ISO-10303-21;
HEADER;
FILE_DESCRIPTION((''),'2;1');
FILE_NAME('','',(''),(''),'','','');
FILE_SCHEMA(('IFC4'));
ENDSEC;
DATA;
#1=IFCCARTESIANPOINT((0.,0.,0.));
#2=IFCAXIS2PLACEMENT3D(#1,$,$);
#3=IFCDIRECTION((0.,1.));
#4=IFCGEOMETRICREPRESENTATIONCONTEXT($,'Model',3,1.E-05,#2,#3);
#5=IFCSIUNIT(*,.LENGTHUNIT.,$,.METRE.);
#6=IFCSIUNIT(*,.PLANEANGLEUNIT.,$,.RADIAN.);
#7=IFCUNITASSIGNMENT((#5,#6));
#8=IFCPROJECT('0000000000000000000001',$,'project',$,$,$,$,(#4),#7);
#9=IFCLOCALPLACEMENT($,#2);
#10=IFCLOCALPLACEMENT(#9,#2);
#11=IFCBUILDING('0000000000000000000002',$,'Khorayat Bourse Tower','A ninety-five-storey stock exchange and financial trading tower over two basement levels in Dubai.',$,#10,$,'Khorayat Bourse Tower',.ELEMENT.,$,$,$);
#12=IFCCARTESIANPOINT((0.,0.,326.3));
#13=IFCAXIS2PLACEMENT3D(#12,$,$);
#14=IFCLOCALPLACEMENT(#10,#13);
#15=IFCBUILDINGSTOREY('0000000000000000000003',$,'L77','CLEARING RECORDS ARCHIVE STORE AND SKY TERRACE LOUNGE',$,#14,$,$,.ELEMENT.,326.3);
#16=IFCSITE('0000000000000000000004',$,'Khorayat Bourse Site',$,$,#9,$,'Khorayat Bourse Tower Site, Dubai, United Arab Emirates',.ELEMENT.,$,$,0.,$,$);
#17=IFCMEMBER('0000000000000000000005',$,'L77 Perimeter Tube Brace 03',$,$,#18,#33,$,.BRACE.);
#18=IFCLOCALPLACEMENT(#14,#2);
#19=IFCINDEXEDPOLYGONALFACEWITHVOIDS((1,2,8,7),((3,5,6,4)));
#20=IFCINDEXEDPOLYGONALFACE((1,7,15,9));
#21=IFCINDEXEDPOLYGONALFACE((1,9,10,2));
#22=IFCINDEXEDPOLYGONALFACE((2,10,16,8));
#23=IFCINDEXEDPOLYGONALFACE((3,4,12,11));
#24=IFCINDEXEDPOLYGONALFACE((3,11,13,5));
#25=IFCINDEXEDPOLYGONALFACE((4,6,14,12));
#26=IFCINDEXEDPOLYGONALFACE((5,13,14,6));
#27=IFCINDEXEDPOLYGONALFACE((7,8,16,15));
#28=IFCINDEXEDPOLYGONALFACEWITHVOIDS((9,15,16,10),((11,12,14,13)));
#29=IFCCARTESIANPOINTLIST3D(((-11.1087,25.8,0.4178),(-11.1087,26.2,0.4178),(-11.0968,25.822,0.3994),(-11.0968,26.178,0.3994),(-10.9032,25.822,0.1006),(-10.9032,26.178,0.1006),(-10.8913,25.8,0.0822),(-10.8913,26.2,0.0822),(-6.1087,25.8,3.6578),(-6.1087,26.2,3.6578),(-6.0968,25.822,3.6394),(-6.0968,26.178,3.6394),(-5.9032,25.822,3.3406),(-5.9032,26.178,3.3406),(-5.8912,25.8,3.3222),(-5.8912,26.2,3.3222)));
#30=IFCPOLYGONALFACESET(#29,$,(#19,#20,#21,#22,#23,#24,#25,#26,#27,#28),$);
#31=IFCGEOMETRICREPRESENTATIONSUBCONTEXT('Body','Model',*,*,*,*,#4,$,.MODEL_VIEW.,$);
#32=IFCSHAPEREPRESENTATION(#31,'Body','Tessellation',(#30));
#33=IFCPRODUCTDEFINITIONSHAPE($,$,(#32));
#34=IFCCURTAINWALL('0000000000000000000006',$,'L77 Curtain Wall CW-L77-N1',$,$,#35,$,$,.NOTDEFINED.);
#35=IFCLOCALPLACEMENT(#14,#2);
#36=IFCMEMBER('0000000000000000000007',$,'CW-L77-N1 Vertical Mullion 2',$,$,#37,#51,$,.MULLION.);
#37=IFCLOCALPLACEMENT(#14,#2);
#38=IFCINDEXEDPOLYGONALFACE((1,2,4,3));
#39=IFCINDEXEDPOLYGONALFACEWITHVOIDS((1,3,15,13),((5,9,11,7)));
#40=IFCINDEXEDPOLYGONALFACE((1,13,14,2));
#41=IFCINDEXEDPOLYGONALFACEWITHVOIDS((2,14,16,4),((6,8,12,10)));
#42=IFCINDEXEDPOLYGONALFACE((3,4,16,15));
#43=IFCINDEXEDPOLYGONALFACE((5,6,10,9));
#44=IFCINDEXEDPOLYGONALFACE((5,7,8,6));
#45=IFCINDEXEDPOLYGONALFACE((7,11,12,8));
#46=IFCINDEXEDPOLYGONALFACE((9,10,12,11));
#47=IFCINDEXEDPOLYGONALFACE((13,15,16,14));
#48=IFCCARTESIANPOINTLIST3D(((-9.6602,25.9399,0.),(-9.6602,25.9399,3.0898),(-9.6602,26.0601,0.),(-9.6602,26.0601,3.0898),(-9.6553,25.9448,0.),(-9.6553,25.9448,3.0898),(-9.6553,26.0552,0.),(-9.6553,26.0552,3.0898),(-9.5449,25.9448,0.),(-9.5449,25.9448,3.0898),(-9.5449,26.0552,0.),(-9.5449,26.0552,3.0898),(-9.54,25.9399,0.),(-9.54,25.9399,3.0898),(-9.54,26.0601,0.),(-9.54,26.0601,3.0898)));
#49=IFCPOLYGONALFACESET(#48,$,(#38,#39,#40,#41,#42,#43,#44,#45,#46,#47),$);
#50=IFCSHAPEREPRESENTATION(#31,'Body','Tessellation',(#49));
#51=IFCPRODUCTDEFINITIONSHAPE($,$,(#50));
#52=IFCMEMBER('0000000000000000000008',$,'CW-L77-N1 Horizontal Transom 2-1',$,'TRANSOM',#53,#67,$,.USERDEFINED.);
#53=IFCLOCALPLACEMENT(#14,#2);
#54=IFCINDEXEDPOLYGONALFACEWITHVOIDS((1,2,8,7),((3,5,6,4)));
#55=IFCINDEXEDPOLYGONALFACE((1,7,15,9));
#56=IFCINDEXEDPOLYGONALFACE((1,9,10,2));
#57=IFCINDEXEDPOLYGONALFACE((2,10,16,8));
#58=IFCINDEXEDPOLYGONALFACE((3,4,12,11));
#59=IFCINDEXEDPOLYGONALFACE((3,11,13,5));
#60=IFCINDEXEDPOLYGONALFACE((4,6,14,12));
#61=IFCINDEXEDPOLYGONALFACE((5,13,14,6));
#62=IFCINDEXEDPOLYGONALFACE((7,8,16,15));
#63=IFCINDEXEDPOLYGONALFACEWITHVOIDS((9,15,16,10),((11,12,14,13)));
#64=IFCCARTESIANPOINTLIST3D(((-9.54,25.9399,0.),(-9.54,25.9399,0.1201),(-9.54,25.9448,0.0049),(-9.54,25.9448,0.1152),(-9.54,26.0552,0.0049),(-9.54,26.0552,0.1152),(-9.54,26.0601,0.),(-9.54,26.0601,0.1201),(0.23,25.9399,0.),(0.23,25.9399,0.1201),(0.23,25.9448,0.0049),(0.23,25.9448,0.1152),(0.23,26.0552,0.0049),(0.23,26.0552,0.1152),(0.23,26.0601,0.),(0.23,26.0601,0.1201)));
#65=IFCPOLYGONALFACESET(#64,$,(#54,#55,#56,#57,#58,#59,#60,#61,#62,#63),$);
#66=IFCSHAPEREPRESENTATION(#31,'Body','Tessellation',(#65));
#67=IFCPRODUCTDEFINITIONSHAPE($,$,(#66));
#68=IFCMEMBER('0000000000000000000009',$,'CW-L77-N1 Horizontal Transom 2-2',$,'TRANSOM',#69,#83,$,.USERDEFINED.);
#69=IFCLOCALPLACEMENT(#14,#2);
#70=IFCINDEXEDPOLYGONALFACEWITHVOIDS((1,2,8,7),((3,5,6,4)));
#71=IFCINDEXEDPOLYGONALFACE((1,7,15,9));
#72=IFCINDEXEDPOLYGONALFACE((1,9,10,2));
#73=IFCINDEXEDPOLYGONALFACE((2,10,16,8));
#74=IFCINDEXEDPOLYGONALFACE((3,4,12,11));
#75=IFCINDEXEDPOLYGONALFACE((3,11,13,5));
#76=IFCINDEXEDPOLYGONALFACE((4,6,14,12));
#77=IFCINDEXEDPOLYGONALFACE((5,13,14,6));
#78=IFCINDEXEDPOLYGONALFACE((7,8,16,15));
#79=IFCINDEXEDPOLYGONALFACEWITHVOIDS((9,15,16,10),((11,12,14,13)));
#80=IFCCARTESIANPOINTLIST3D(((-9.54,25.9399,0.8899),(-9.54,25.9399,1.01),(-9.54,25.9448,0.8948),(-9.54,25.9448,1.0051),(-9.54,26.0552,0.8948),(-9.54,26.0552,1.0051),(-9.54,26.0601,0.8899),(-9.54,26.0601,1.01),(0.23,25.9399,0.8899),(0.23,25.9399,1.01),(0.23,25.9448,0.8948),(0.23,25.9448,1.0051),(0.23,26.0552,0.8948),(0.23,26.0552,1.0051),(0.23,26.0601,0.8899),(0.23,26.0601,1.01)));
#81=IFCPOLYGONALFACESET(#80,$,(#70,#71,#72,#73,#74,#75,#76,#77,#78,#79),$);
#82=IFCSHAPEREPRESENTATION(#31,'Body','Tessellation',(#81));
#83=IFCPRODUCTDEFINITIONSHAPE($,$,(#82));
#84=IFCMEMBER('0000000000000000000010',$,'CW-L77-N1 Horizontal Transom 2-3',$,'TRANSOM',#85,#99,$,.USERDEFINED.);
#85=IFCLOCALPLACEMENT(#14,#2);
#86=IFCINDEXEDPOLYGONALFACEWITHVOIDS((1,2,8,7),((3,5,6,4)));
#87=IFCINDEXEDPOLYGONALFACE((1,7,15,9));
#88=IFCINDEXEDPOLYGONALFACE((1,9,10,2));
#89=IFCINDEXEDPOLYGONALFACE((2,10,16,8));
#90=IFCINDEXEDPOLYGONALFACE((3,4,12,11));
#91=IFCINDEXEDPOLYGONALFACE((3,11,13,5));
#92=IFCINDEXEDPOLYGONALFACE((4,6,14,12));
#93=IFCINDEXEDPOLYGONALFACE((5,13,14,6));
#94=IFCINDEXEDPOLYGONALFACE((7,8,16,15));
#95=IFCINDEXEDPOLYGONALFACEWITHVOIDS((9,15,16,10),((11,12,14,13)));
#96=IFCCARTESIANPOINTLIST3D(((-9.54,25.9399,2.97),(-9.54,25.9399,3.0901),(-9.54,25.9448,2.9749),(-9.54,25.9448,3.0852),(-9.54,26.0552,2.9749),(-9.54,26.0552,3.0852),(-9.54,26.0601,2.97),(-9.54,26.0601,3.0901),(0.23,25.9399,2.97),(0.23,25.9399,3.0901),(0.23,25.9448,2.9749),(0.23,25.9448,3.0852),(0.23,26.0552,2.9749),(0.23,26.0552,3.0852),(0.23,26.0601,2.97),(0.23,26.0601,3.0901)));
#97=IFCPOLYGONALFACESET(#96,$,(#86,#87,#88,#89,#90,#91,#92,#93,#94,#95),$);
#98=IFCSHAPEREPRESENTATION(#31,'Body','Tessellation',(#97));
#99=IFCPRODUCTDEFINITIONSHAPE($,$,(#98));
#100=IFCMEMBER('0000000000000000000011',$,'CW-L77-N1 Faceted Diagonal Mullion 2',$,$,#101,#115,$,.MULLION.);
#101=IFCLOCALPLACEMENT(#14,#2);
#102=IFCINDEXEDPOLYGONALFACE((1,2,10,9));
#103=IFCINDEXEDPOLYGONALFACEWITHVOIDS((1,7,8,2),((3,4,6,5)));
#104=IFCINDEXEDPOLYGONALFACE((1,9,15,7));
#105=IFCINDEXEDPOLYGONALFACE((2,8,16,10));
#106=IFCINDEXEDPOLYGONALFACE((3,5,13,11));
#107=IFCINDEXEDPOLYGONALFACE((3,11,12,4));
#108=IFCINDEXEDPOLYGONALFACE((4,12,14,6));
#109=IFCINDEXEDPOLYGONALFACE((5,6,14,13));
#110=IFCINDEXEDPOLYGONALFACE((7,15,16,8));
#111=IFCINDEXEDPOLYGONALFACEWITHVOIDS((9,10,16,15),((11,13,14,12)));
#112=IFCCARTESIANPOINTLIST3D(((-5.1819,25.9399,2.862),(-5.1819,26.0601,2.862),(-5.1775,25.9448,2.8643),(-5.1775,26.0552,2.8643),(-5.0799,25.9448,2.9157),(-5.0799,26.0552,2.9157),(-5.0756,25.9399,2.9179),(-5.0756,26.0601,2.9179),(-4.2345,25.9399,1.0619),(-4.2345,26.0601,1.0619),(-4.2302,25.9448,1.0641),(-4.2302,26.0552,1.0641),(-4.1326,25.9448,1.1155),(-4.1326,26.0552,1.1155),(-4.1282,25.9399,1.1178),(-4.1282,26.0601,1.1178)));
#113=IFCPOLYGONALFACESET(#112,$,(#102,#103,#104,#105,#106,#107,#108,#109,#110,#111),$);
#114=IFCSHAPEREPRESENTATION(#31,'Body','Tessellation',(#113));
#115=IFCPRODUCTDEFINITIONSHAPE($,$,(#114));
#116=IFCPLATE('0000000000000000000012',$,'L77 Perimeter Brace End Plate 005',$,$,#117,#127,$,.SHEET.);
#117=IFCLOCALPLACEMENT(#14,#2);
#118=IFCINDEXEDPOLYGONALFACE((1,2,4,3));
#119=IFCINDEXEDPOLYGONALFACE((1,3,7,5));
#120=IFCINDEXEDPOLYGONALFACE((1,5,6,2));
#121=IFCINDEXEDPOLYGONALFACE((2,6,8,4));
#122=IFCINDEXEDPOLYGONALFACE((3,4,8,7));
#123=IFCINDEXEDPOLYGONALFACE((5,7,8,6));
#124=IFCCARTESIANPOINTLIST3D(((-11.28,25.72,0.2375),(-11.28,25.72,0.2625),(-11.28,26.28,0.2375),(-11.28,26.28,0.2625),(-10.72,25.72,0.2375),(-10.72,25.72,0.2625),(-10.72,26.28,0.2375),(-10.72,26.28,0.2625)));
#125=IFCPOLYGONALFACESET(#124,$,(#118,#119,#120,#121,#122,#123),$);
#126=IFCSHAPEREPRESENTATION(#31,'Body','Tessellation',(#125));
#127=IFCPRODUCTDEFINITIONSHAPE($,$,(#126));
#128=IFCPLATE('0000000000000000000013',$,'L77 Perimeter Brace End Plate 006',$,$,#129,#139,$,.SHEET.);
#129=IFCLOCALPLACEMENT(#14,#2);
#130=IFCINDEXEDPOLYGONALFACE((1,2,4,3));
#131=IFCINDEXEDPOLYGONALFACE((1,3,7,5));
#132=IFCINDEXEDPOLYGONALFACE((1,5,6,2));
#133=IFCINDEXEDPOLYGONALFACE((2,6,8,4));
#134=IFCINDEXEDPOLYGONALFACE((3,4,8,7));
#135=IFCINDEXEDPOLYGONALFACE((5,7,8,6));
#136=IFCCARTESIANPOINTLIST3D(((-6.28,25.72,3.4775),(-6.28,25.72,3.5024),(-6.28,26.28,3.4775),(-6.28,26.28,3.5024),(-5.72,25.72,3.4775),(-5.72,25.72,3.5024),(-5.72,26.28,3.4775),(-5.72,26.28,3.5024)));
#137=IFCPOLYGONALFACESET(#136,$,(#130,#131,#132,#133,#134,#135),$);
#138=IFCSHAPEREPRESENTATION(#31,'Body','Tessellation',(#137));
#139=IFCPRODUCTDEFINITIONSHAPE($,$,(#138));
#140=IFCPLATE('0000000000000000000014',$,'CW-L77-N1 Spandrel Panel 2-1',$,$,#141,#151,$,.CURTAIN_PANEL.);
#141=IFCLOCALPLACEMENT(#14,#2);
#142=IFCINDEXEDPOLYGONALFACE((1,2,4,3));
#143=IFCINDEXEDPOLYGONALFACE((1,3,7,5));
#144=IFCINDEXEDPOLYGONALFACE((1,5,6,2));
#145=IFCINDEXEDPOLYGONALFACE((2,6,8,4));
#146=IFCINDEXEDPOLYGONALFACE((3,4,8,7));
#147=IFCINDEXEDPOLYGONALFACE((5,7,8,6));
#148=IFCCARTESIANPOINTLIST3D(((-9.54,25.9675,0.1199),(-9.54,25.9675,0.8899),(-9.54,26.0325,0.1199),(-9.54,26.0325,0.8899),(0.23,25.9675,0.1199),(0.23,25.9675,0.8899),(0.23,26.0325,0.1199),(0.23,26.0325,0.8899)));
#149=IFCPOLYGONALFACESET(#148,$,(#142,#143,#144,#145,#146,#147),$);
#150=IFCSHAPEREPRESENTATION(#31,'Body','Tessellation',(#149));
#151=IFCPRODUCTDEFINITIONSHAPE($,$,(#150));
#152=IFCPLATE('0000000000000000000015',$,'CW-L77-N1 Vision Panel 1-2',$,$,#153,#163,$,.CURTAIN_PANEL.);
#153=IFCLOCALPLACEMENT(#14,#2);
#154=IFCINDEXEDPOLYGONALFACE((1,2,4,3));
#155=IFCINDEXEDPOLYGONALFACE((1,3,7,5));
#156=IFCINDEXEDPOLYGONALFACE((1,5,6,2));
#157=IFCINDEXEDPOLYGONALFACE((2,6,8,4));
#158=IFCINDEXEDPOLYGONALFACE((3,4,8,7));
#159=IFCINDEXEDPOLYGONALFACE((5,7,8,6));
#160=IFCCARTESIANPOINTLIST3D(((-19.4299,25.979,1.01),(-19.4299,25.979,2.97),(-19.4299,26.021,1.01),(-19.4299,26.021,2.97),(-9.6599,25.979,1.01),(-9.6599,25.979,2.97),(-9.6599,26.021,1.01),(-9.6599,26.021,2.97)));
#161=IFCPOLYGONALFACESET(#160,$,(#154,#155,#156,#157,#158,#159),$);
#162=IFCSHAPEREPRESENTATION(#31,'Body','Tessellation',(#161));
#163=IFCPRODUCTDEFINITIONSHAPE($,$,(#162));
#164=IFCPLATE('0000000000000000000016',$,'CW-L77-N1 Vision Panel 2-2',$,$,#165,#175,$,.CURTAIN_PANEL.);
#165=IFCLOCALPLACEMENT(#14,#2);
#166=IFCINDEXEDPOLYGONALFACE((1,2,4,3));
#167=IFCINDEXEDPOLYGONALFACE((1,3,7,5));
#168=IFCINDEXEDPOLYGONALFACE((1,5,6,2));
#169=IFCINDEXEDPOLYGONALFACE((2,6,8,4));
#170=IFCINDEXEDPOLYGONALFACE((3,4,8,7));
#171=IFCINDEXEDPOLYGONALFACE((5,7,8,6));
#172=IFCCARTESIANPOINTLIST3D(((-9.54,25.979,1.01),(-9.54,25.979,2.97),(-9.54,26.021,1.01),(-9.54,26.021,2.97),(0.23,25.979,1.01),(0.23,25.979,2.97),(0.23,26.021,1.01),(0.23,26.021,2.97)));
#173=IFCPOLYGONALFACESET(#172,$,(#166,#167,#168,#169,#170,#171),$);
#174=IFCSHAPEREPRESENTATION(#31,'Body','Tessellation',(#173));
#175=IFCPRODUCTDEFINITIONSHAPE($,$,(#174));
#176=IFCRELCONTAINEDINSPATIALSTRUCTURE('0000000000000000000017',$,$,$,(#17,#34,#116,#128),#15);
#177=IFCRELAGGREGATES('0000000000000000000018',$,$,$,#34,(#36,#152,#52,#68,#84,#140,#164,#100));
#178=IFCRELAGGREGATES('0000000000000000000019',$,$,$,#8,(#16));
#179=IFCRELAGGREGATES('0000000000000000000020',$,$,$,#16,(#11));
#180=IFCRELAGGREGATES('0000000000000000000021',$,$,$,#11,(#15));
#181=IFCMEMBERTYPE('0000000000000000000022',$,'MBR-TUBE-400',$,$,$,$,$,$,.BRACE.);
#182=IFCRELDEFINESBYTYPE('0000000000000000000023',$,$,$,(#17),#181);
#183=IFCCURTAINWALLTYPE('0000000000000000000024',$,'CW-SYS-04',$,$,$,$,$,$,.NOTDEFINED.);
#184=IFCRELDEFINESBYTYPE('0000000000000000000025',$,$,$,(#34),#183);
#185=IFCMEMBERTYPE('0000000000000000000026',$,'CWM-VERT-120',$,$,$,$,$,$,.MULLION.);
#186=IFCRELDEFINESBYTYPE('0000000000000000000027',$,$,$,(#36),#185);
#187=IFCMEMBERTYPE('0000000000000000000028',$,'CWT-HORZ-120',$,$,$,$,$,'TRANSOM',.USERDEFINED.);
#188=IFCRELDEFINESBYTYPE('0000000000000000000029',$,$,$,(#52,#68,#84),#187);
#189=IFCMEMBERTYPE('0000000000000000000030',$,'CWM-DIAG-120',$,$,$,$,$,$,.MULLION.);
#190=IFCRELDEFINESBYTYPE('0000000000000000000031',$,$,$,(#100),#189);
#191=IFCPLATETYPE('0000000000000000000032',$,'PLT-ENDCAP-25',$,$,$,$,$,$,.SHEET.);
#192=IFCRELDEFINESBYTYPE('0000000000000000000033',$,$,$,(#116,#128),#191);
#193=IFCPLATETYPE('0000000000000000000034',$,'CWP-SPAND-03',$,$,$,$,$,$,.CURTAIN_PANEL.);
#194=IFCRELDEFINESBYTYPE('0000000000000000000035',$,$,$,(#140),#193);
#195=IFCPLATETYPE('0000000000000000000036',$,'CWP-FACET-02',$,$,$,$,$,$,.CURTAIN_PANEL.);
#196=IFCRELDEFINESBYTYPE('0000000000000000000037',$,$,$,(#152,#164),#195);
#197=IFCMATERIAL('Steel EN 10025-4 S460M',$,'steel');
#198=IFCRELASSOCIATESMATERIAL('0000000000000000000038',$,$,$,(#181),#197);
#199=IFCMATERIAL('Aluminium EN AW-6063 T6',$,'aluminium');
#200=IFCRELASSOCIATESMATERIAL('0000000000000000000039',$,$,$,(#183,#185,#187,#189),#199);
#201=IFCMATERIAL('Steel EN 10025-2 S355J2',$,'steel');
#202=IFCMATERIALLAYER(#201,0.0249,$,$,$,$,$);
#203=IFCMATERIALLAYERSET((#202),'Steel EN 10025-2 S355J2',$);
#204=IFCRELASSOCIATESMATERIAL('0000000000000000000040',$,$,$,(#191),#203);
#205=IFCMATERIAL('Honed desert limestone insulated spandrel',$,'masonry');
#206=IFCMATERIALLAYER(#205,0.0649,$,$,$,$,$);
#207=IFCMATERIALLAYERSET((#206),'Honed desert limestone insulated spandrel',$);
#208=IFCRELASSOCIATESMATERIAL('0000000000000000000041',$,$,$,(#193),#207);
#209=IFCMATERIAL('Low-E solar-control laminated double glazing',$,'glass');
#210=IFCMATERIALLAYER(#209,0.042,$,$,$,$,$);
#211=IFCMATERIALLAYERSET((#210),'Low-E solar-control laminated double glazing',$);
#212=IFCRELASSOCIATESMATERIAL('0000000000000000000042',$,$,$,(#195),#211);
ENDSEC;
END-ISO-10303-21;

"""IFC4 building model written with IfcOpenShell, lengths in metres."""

from ifc_helpers import new_model, si_unit, direction, frame, origin, origin_2d, place, context, subcontext, project, spatial, rectangle, hollow_rectangle, extrude, source, transform, mapped, material, layer, layer_set, material_profile, profile_set, type_object, element, aggregate, save


model = new_model("IFC4")

# Units and contexts
model_context = context("Model", 3, precision=1e-05, world=origin(), true_north=direction((0.0, 1.0)))
body_context = subcontext(model_context, "Body", "Model", "MODEL_VIEW")
ifc_project = project(units=[si_unit("LENGTHUNIT", "METRE"), si_unit("PLANEANGLEUNIT", "RADIAN")], contexts=[model_context])

# Site, building, storey
site_placement = place(None, origin())
site = spatial("IfcSite", under=ifc_project, at=site_placement, Name="Khorayat Bourse Site", LongName="Khorayat Bourse Tower Site, Dubai, United Arab Emirates", CompositionType="ELEMENT", RefElevation=0.0)
building_placement = place(site_placement, origin())
building = spatial("IfcBuilding", under=site, at=building_placement, Name="Khorayat Bourse Tower", Description="A ninety-five-storey stock exchange and financial trading tower over two basement levels in Dubai.", LongName="Khorayat Bourse Tower", CompositionType="ELEMENT")
storey_placement = place(building_placement, frame((0.0, 0.0, 326.3)))
storey = spatial("IfcBuildingStorey", under=building, at=storey_placement, Name="L77", Description="CLEARING RECORDS ARCHIVE STORE AND SKY TERRACE LOUNGE", CompositionType="ELEMENT", Elevation=326.3)

# Shared definitions
ifc_material_1 = material(Name="Steel EN 10025-2 S355J2", Category="steel")

# Member
ifc_material_2 = material(Name="Steel EN 10025-4 S460M", Category="steel")
ifc_material_profile_1 = material_profile(ifc_material_2, hollow_rectangle(XDim=0.3999, YDim=0.3999, WallThickness=0.022, at=origin_2d()), Name="HSS 400x400x22")
ifc_profile_set_1 = profile_set([ifc_material_profile_1], Name="Steel EN 10025-4 S460M")
member_type_1 = type_object("IfcMemberType", Name="MBR-TUBE-400", PredefinedType="BRACE", material=ifc_profile_set_1)
shared_shape_1 = source(origin(), body_context, "Body", "SweptSolid", [
    extrude(hollow_rectangle(XDim=0.3999, YDim=0.3999, WallThickness=0.022, at=origin_2d()), origin(), (0.0, 0.0, 1.0), 5.958),
])
member_1_placement = place(storey_placement, frame((-11.0, 26.0, 0.25), z_axis=(0.83921, 0.0, 0.543807), x_axis=(0.0, 1.0, 0.0)))
element("IfcMember", 1, at=member_1_placement, inside=storey, type_object=member_type_1, Name="L77 Perimeter Tube Brace 03", PredefinedType="BRACE", context=body_context, shape_type="MappedRepresentation", body=[
    mapped(shared_shape_1, transform((0.0, 0.0, 0.0), scale=1.0)),
])

# Curtain wall, members
ifc_material_3 = material(Name="Aluminium EN AW-6063 T6", Category="aluminium")
curtain_wall_type = type_object("IfcCurtainWallType", Name="CW-SYS-04", PredefinedType="NOTDEFINED", material=ifc_material_3)
curtain_wall_placement = place(storey_placement, origin())
curtain_wall = element("IfcCurtainWall", 2, at=curtain_wall_placement, inside=storey, type_object=curtain_wall_type, Name="L77 Curtain Wall CW-L77-N1", PredefinedType="NOTDEFINED")
ifc_material_profile_2 = material_profile(ifc_material_3, hollow_rectangle(XDim=0.1201, YDim=0.1201, WallThickness=0.0049, at=origin_2d()), Name="ALU 120x120x5")
ifc_profile_set_2 = profile_set([ifc_material_profile_2], Name="Aluminium EN AW-6063 T6")
member_type_2 = type_object("IfcMemberType", Name="CWM-VERT-120", PredefinedType="MULLION", material=ifc_profile_set_2)
shared_shape_2 = source(origin(), body_context, "Body", "SweptSolid", [
    extrude(hollow_rectangle(XDim=0.1201, YDim=0.1201, WallThickness=0.0049, at=origin_2d()), origin(), (0.0, 0.0, 1.0), 3.0898),
])
member_2_placement = place(storey_placement, frame((-9.6001, 26.0, 0.0), z_axis=(0.0, 0.0, 1.0), x_axis=(0.0, 1.0, 0.0)))
member_2 = element("IfcMember", 3, at=member_2_placement, type_object=member_type_2, Name="CW-L77-N1 Vertical Mullion 2", PredefinedType="MULLION", context=body_context, shape_type="MappedRepresentation", body=[
    mapped(shared_shape_2, transform((0.0, 0.0, 0.0), scale=1.0)),
])
ifc_material_profile_3 = material_profile(ifc_material_3, hollow_rectangle(XDim=0.1201, YDim=0.1201, WallThickness=0.0049, at=origin_2d()), Name="ALU 120x120x5")
ifc_profile_set_3 = profile_set([ifc_material_profile_3], Name="Aluminium EN AW-6063 T6")
member_type_3 = type_object("IfcMemberType", Name="CWT-HORZ-120", ElementType="TRANSOM", PredefinedType="USERDEFINED", material=ifc_profile_set_3)
shared_shape_3 = source(origin(), body_context, "Body", "SweptSolid", [
    extrude(hollow_rectangle(XDim=0.1201, YDim=0.1201, WallThickness=0.0049, at=origin_2d()), origin(), (0.0, 0.0, 1.0), 9.77),
])
member_3_placement = place(storey_placement, frame((-9.54, 26.0, 0.0601), z_axis=(1.0, 0.0, 0.0), x_axis=(0.0, 1.0, 0.0)))
member_3 = element("IfcMember", 4, at=member_3_placement, type_object=member_type_3, Name="CW-L77-N1 Horizontal Transom 2-1", ObjectType="TRANSOM", PredefinedType="USERDEFINED", context=body_context, shape_type="MappedRepresentation", body=[
    mapped(shared_shape_3, transform((0.0, 0.0, 0.0), scale=1.0)),
])
member_4_placement = place(storey_placement, frame((-9.54, 26.0, 0.95), z_axis=(1.0, 0.0, 0.0), x_axis=(0.0, 1.0, 0.0)))
member_4 = element("IfcMember", 5, at=member_4_placement, type_object=member_type_3, Name="CW-L77-N1 Horizontal Transom 2-2", ObjectType="TRANSOM", PredefinedType="USERDEFINED", context=body_context, shape_type="MappedRepresentation", body=[
    mapped(shared_shape_3, transform((0.0, 0.0, 0.0), scale=1.0)),
])
member_5_placement = place(storey_placement, frame((-9.54, 26.0, 3.03), z_axis=(1.0, 0.0, 0.0), x_axis=(0.0, 1.0, 0.0)))
member_5 = element("IfcMember", 6, at=member_5_placement, type_object=member_type_3, Name="CW-L77-N1 Horizontal Transom 2-3", ObjectType="TRANSOM", PredefinedType="USERDEFINED", context=body_context, shape_type="MappedRepresentation", body=[
    mapped(shared_shape_3, transform((0.0, 0.0, 0.0), scale=1.0)),
])
ifc_material_profile_4 = material_profile(ifc_material_3, hollow_rectangle(XDim=0.1201, YDim=0.1201, WallThickness=0.0049, at=origin_2d()), Name="ALU 120x120x5")
ifc_profile_set_4 = profile_set([ifc_material_profile_4], Name="Aluminium EN AW-6063 T6")
member_type_4 = type_object("IfcMemberType", Name="CWM-DIAG-120", PredefinedType="MULLION", material=ifc_profile_set_4)
shared_shape_4 = source(origin(), body_context, "Body", "SweptSolid", [
    extrude(hollow_rectangle(XDim=0.1201, YDim=0.1201, WallThickness=0.0049, at=origin_2d()), origin(), (0.0, 0.0, 1.0), 2.0342),
])
member_6_placement = place(storey_placement, frame((-4.1814, 26.0, 1.0898), z_axis=(-0.465697, 0.0, 0.884944), x_axis=(0.0, -1.0, 0.0)))
member_6 = element("IfcMember", 7, at=member_6_placement, type_object=member_type_4, Name="CW-L77-N1 Faceted Diagonal Mullion 2", PredefinedType="MULLION", context=body_context, shape_type="MappedRepresentation", body=[
    mapped(shared_shape_4, transform((0.0, 0.0, 0.0), scale=1.0)),
])

# Plates
ifc_layer_1 = layer(ifc_material_1, 0.0249)
ifc_layer_set_1 = layer_set([ifc_layer_1], Name="Steel EN 10025-2 S355J2")
plate_type_1 = type_object("IfcPlateType", Name="PLT-ENDCAP-25", PredefinedType="SHEET", material=ifc_layer_set_1)
shared_shape_5 = source(origin(), body_context, "Body", "SweptSolid", [
    extrude(rectangle(XDim=0.5601, YDim=0.5601, at=origin_2d()), origin(), (0.0, 0.0, 1.0), 0.0249),
])
for number, where, z_axis, x_axis, name in (
    (8, (-11.0, 26.0, 0.2375), (0.0, 0.0, 1.0), (1.0, 0.0, 0.0), "L77 Perimeter Brace End Plate 005"),
    (9, (-6.0, 26.0, 3.4775), (0.0, 0.0, 1.0), (1.0, 0.0, 0.0), "L77 Perimeter Brace End Plate 006"),
):
    element("IfcPlate", number, at=place(storey_placement, frame(where, z_axis=z_axis, x_axis=x_axis)), inside=storey, type_object=plate_type_1, Name=name, PredefinedType="SHEET", context=body_context, shape_type="MappedRepresentation", body=[
        mapped(shared_shape_5, transform((0.0, 0.0, 0.0), scale=1.0)),
    ])

# Plates
ifc_material_4 = material(Name="Honed desert limestone insulated spandrel", Category="masonry")
ifc_layer_2 = layer(ifc_material_4, 0.0649)
ifc_layer_set_2 = layer_set([ifc_layer_2], Name="Honed desert limestone insulated spandrel")
plate_type_2 = type_object("IfcPlateType", Name="CWP-SPAND-03", PredefinedType="CURTAIN_PANEL", material=ifc_layer_set_2)
shared_shape_6 = source(origin(), body_context, "Body", "SweptSolid", [
    extrude(rectangle(XDim=9.77, YDim=0.0649, at=origin_2d()), origin(), (0.0, 0.0, 1.0), 0.77),
])
plate_1_placement = place(storey_placement, frame((-4.655, 26.0, 0.1199), z_axis=(0.0, 0.0, 1.0), x_axis=(1.0, 0.0, 0.0)))
plate_1 = element("IfcPlate", 10, at=plate_1_placement, type_object=plate_type_2, Name="CW-L77-N1 Spandrel Panel 2-1", PredefinedType="CURTAIN_PANEL", context=body_context, shape_type="MappedRepresentation", body=[
    mapped(shared_shape_6, transform((0.0, 0.0, 0.0), scale=1.0)),
])
ifc_material_5 = material(Name="Low-E solar-control laminated double glazing", Category="glass")
ifc_layer_3 = layer(ifc_material_5, 0.042)
ifc_layer_set_3 = layer_set([ifc_layer_3], Name="Low-E solar-control laminated double glazing")
plate_type_3 = type_object("IfcPlateType", Name="CWP-FACET-02", PredefinedType="CURTAIN_PANEL", material=ifc_layer_set_3)
shared_shape_7 = source(origin(), body_context, "Body", "SweptSolid", [
    extrude(rectangle(XDim=9.77, YDim=0.042, at=origin_2d()), origin(), (0.0, 0.0, 1.0), 1.96),
])
plate_2_placement = place(storey_placement, frame((-14.5449, 26.0, 1.01), z_axis=(0.0, 0.0, 1.0), x_axis=(1.0, 0.0, 0.0)))
plate_2 = element("IfcPlate", 11, at=plate_2_placement, type_object=plate_type_3, Name="CW-L77-N1 Vision Panel 1-2", PredefinedType="CURTAIN_PANEL", context=body_context, shape_type="MappedRepresentation", body=[
    mapped(shared_shape_7, transform((0.0, 0.0, 0.0), scale=1.0)),
])
plate_3_placement = place(storey_placement, frame((-4.655, 26.0, 1.01), z_axis=(0.0, 0.0, 1.0), x_axis=(1.0, 0.0, 0.0)))
plate_3 = element("IfcPlate", 12, at=plate_3_placement, type_object=plate_type_3, Name="CW-L77-N1 Vision Panel 2-2", PredefinedType="CURTAIN_PANEL", context=body_context, shape_type="MappedRepresentation", body=[
    mapped(shared_shape_7, transform((0.0, 0.0, 0.0), scale=1.0)),
])
aggregate(curtain_wall, [member_2, plate_2, member_3, member_4, member_5, plate_1, plate_3, member_6])

save(model, "model.ifc")
